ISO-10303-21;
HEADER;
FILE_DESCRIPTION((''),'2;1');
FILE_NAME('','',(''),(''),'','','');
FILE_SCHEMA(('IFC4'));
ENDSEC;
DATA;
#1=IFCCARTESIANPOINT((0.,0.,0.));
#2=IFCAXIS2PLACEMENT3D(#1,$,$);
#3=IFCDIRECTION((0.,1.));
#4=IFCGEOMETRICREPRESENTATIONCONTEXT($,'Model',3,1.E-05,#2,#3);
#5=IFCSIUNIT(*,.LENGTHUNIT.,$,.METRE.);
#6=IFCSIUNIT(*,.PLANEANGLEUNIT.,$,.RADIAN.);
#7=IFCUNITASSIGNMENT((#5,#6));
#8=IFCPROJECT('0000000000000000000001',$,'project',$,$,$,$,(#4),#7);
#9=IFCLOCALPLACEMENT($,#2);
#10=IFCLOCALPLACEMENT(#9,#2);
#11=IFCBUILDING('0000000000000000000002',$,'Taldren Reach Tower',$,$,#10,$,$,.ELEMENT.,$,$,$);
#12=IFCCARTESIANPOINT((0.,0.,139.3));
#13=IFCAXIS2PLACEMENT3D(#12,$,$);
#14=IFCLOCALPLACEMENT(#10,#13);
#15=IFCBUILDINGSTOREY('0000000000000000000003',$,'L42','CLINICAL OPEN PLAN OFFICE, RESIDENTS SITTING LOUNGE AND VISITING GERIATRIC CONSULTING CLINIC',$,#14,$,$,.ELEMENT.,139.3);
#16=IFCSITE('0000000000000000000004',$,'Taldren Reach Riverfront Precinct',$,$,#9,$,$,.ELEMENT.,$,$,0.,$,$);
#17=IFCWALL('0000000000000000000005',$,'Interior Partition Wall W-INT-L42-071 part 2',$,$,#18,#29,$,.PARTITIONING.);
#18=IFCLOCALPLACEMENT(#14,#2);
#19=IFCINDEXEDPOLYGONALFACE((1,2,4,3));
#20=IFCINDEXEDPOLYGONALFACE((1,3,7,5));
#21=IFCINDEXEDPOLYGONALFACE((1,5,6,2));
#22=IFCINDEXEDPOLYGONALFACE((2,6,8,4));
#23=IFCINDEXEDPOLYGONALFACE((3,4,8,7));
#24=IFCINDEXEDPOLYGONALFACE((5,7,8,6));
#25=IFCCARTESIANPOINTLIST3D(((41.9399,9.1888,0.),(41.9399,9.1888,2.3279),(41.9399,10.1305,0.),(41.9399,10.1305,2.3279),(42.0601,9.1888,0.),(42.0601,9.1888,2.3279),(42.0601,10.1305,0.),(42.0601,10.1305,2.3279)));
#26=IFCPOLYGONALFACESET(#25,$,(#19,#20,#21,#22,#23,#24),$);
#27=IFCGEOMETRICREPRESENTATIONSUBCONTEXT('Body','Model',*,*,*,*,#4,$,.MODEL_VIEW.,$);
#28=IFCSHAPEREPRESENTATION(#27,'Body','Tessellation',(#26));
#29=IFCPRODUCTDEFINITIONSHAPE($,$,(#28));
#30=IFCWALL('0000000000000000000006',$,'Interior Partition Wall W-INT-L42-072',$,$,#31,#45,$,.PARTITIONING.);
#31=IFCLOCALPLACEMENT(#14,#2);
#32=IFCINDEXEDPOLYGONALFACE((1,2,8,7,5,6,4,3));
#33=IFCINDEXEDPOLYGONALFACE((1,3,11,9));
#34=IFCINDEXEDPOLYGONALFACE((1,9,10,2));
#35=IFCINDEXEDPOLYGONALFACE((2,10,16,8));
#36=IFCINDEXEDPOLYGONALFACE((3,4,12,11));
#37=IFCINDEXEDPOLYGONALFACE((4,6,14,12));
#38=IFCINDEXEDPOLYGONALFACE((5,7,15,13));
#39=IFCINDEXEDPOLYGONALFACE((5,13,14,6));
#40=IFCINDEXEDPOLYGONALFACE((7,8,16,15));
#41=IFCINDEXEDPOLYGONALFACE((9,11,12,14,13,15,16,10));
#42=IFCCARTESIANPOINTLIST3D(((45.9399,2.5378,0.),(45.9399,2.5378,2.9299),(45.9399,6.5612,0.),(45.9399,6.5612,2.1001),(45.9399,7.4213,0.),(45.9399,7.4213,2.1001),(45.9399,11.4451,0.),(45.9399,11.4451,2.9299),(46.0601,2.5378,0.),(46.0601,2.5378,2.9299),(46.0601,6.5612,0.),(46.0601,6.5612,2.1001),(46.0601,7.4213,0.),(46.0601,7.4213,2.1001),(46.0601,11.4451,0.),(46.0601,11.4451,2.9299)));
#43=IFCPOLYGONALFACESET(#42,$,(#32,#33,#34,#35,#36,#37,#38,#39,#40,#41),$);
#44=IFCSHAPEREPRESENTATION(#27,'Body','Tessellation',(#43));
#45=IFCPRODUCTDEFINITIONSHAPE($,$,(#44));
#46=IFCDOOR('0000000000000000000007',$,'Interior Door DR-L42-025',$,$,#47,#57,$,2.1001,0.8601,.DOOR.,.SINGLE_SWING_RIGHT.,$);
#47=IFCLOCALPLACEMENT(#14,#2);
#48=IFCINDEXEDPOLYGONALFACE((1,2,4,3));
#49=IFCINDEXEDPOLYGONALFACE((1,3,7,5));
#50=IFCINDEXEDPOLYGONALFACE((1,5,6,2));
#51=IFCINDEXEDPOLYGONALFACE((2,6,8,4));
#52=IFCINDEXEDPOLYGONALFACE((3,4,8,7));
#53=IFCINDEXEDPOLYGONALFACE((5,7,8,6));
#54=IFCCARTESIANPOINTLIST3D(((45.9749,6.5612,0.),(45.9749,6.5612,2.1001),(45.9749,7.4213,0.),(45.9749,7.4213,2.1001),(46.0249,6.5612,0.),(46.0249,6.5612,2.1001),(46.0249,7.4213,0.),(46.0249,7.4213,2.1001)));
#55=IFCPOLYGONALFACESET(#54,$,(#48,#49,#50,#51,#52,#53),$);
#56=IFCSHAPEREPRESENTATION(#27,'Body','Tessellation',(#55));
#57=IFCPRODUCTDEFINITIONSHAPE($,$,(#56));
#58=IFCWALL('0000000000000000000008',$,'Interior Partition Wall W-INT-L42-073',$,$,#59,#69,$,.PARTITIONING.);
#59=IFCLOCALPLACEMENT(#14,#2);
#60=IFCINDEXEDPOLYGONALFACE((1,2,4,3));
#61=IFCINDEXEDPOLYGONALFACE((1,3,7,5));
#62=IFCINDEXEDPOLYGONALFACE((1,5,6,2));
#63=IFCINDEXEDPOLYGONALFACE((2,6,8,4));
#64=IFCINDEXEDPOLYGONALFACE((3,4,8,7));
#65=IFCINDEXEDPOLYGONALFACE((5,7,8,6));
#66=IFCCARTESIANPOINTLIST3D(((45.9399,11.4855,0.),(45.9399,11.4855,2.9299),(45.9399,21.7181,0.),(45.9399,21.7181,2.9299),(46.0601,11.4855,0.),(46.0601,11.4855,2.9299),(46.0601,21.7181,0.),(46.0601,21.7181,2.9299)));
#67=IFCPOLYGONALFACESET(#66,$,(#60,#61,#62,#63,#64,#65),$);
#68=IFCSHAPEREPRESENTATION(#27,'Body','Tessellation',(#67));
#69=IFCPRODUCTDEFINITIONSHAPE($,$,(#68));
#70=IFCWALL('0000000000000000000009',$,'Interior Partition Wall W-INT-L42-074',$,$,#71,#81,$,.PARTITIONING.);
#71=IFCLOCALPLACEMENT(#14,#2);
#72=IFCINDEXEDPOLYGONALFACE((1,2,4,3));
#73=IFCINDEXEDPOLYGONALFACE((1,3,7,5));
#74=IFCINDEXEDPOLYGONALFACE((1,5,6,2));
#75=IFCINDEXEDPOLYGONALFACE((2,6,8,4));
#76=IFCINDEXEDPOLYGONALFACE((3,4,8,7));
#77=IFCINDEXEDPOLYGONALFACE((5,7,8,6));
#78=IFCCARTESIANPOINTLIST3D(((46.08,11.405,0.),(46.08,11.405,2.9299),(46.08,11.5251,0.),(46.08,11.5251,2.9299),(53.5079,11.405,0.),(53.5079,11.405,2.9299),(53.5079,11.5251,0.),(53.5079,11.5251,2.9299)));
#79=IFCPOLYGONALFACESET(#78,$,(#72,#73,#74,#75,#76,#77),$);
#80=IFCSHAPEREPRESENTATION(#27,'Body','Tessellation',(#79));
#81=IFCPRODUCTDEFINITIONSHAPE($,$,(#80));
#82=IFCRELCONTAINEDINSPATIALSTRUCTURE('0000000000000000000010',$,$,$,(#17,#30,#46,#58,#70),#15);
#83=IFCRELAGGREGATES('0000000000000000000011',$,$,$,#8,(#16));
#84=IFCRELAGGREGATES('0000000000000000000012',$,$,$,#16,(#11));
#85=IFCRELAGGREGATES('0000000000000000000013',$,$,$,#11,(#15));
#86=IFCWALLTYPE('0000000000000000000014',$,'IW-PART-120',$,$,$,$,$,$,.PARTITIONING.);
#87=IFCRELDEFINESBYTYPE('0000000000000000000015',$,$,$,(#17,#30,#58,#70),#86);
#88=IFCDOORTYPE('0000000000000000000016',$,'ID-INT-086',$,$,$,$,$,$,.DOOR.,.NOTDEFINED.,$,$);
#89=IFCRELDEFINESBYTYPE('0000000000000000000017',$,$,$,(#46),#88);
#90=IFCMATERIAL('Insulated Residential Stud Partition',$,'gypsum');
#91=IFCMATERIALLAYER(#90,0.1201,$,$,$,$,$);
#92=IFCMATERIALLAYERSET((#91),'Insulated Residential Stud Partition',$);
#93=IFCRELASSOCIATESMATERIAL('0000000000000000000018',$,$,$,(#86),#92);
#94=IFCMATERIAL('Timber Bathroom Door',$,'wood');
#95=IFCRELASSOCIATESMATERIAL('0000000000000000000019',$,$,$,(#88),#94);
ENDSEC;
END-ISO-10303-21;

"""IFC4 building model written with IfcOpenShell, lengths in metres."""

from ifc_helpers import new_model, si_unit, direction, frame, frame_2d, origin, place, context, subcontext, project, spatial, rectangle, extrude, source, transform, mapped, material, layer, layer_set, type_object, element, fill, save


model = new_model("IFC4")

# Units and contexts
model_context = context("Model", 3, precision=1e-05, world=origin(), true_north=direction((0.0, 1.0)))
body_context = subcontext(model_context, "Body", "Model", "MODEL_VIEW")
ifc_project = project(units=[si_unit("LENGTHUNIT", "METRE"), si_unit("PLANEANGLEUNIT", "RADIAN")], contexts=[model_context])

# Site, building, storey
site_placement = place(None, origin())
site = spatial("IfcSite", under=ifc_project, at=site_placement, Name="Taldren Reach Riverfront Precinct", CompositionType="ELEMENT", RefElevation=0.0)
building_placement = place(site_placement, origin())
building = spatial("IfcBuilding", under=site, at=building_placement, Name="Taldren Reach Tower", CompositionType="ELEMENT")
storey_placement = place(building_placement, frame((0.0, 0.0, 139.3)))
storey = spatial("IfcBuildingStorey", under=building, at=storey_placement, Name="L42", Description="CLINICAL OPEN PLAN OFFICE, RESIDENTS SITTING LOUNGE AND VISITING GERIATRIC CONSULTING CLINIC", CompositionType="ELEMENT", Elevation=139.3)

# Wall
ifc_material_1 = material(Name="Insulated Residential Stud Partition", Category="gypsum")
ifc_layer_1 = layer(ifc_material_1, 0.1201)
ifc_layer_set_1 = layer_set([ifc_layer_1], Name="Insulated Residential Stud Partition")
wall_type_1 = type_object("IfcWallType", Name="IW-PART-120", PredefinedType="PARTITIONING", material=ifc_layer_set_1)
shared_shape_1 = source(origin(), body_context, "Body", "SweptSolid", [
    extrude(rectangle(XDim=0.9417, YDim=0.1201, at=frame_2d((0.4707, 0.0))), origin(), (0.0, 0.0, 1.0), 2.3279),
])
wall_1_placement = place(storey_placement, frame((42.0, 10.1304, 0.0), z_axis=(0.0, 0.0, 1.0), x_axis=(0.0, -1.0, 0.0)))
element("IfcWall", 1, at=wall_1_placement, inside=storey, type_object=wall_type_1, Name="Interior Partition Wall W-INT-L42-071 part 2", PredefinedType="PARTITIONING", context=body_context, shape_type="MappedRepresentation", body=[
    mapped(shared_shape_1, transform((0.0, 0.0, 0.0), scale=1.0)),
])

# Wall, opening, door
shared_shape_2 = source(origin(), body_context, "Body", "SweptSolid", [
    extrude(rectangle(XDim=8.9072, YDim=0.1201, at=frame_2d((4.4536, 0.0))), origin(), (0.0, 0.0, 1.0), 2.9299),
])
wall_2_placement = place(storey_placement, frame((46.0, 11.4451, 0.0), z_axis=(0.0, 0.0, 1.0), x_axis=(0.0, -1.0, 0.0)))
wall_2 = element("IfcWall", 2, at=wall_2_placement, inside=storey, type_object=wall_type_1, Name="Interior Partition Wall W-INT-L42-072", PredefinedType="PARTITIONING", context=body_context, shape_type="MappedRepresentation", body=[
    mapped(shared_shape_2, transform((0.0, 0.0, 0.0), scale=1.0)),
])
shared_shape_3 = source(origin(), body_context, "Body", "SweptSolid", [
    extrude(rectangle(XDim=0.8601, YDim=2.1001, at=frame_2d((0.4302, 1.05))), frame((0.0, 0.0701, 0.0), z_axis=(0.0, -1.0, 0.0), x_axis=(1.0, 0.0, 0.0)), (0.0, 0.0, 1.0), 0.1401),
])
opening_1_placement = place(wall_2_placement, frame((4.0237, 0.0, 0.0)))
opening_1 = element("IfcOpeningElement", 3, at=opening_1_placement, cuts=wall_2, PredefinedType="OPENING", context=body_context, shape_type="MappedRepresentation", body=[
    mapped(shared_shape_3, transform((0.0, 0.0, 0.0), scale=1.0)),
])
ifc_material_2 = material(Name="Timber Bathroom Door", Category="wood")
door_type_1 = type_object("IfcDoorType", Name="ID-INT-086", OperationType="NOTDEFINED", PredefinedType="DOOR", material=ifc_material_2)
shared_shape_4 = source(origin(), body_context, "Body", "SweptSolid", [
    extrude(rectangle(XDim=0.8601, YDim=2.1001, at=frame_2d((0.4302, 1.05))), frame((0.0, 0.0249, 0.0), z_axis=(0.0, -1.0, 0.0), x_axis=(1.0, 0.0, 0.0)), (0.0, 0.0, 1.0), 0.05),
])
door_1_placement = place(opening_1_placement, origin())
door_1 = element("IfcDoor", 4, at=door_1_placement, inside=storey, type_object=door_type_1, Name="Interior Door DR-L42-025", OperationType="SINGLE_SWING_RIGHT", OverallHeight=2.1001, OverallWidth=0.8601, PredefinedType="DOOR", context=body_context, shape_type="MappedRepresentation", body=[
    mapped(shared_shape_4, transform((0.0, 0.0, 0.0), scale=1.0)),
])
fill(opening_1, door_1)

# Walls
shared_shape_5 = source(origin(), body_context, "Body", "SweptSolid", [
    extrude(rectangle(XDim=10.2327, YDim=0.1201, at=frame_2d((5.1162, 0.0))), origin(), (0.0, 0.0, 1.0), 2.9299),
])
wall_3_placement = place(storey_placement, frame((46.0, 21.718, 0.0), z_axis=(0.0, 0.0, 1.0), x_axis=(0.0, -1.0, 0.0)))
element("IfcWall", 5, at=wall_3_placement, inside=storey, type_object=wall_type_1, Name="Interior Partition Wall W-INT-L42-073", PredefinedType="PARTITIONING", context=body_context, shape_type="MappedRepresentation", body=[
    mapped(shared_shape_5, transform((0.0, 0.0, 0.0), scale=1.0)),
])
shared_shape_6 = source(origin(), body_context, "Body", "SweptSolid", [
    extrude(rectangle(XDim=7.428, YDim=0.1201, at=frame_2d((3.7139, 0.0))), origin(), (0.0, 0.0, 1.0), 2.9299),
])
wall_4_placement = place(storey_placement, frame((46.0801, 11.4651, 0.0), z_axis=(0.0, 0.0, 1.0), x_axis=(1.0, 0.0, 0.0)))
element("IfcWall", 6, at=wall_4_placement, inside=storey, type_object=wall_type_1, Name="Interior Partition Wall W-INT-L42-074", PredefinedType="PARTITIONING", context=body_context, shape_type="MappedRepresentation", body=[
    mapped(shared_shape_6, transform((0.0, 0.0, 0.0), scale=1.0)),
])

save(model, "model.ifc")
